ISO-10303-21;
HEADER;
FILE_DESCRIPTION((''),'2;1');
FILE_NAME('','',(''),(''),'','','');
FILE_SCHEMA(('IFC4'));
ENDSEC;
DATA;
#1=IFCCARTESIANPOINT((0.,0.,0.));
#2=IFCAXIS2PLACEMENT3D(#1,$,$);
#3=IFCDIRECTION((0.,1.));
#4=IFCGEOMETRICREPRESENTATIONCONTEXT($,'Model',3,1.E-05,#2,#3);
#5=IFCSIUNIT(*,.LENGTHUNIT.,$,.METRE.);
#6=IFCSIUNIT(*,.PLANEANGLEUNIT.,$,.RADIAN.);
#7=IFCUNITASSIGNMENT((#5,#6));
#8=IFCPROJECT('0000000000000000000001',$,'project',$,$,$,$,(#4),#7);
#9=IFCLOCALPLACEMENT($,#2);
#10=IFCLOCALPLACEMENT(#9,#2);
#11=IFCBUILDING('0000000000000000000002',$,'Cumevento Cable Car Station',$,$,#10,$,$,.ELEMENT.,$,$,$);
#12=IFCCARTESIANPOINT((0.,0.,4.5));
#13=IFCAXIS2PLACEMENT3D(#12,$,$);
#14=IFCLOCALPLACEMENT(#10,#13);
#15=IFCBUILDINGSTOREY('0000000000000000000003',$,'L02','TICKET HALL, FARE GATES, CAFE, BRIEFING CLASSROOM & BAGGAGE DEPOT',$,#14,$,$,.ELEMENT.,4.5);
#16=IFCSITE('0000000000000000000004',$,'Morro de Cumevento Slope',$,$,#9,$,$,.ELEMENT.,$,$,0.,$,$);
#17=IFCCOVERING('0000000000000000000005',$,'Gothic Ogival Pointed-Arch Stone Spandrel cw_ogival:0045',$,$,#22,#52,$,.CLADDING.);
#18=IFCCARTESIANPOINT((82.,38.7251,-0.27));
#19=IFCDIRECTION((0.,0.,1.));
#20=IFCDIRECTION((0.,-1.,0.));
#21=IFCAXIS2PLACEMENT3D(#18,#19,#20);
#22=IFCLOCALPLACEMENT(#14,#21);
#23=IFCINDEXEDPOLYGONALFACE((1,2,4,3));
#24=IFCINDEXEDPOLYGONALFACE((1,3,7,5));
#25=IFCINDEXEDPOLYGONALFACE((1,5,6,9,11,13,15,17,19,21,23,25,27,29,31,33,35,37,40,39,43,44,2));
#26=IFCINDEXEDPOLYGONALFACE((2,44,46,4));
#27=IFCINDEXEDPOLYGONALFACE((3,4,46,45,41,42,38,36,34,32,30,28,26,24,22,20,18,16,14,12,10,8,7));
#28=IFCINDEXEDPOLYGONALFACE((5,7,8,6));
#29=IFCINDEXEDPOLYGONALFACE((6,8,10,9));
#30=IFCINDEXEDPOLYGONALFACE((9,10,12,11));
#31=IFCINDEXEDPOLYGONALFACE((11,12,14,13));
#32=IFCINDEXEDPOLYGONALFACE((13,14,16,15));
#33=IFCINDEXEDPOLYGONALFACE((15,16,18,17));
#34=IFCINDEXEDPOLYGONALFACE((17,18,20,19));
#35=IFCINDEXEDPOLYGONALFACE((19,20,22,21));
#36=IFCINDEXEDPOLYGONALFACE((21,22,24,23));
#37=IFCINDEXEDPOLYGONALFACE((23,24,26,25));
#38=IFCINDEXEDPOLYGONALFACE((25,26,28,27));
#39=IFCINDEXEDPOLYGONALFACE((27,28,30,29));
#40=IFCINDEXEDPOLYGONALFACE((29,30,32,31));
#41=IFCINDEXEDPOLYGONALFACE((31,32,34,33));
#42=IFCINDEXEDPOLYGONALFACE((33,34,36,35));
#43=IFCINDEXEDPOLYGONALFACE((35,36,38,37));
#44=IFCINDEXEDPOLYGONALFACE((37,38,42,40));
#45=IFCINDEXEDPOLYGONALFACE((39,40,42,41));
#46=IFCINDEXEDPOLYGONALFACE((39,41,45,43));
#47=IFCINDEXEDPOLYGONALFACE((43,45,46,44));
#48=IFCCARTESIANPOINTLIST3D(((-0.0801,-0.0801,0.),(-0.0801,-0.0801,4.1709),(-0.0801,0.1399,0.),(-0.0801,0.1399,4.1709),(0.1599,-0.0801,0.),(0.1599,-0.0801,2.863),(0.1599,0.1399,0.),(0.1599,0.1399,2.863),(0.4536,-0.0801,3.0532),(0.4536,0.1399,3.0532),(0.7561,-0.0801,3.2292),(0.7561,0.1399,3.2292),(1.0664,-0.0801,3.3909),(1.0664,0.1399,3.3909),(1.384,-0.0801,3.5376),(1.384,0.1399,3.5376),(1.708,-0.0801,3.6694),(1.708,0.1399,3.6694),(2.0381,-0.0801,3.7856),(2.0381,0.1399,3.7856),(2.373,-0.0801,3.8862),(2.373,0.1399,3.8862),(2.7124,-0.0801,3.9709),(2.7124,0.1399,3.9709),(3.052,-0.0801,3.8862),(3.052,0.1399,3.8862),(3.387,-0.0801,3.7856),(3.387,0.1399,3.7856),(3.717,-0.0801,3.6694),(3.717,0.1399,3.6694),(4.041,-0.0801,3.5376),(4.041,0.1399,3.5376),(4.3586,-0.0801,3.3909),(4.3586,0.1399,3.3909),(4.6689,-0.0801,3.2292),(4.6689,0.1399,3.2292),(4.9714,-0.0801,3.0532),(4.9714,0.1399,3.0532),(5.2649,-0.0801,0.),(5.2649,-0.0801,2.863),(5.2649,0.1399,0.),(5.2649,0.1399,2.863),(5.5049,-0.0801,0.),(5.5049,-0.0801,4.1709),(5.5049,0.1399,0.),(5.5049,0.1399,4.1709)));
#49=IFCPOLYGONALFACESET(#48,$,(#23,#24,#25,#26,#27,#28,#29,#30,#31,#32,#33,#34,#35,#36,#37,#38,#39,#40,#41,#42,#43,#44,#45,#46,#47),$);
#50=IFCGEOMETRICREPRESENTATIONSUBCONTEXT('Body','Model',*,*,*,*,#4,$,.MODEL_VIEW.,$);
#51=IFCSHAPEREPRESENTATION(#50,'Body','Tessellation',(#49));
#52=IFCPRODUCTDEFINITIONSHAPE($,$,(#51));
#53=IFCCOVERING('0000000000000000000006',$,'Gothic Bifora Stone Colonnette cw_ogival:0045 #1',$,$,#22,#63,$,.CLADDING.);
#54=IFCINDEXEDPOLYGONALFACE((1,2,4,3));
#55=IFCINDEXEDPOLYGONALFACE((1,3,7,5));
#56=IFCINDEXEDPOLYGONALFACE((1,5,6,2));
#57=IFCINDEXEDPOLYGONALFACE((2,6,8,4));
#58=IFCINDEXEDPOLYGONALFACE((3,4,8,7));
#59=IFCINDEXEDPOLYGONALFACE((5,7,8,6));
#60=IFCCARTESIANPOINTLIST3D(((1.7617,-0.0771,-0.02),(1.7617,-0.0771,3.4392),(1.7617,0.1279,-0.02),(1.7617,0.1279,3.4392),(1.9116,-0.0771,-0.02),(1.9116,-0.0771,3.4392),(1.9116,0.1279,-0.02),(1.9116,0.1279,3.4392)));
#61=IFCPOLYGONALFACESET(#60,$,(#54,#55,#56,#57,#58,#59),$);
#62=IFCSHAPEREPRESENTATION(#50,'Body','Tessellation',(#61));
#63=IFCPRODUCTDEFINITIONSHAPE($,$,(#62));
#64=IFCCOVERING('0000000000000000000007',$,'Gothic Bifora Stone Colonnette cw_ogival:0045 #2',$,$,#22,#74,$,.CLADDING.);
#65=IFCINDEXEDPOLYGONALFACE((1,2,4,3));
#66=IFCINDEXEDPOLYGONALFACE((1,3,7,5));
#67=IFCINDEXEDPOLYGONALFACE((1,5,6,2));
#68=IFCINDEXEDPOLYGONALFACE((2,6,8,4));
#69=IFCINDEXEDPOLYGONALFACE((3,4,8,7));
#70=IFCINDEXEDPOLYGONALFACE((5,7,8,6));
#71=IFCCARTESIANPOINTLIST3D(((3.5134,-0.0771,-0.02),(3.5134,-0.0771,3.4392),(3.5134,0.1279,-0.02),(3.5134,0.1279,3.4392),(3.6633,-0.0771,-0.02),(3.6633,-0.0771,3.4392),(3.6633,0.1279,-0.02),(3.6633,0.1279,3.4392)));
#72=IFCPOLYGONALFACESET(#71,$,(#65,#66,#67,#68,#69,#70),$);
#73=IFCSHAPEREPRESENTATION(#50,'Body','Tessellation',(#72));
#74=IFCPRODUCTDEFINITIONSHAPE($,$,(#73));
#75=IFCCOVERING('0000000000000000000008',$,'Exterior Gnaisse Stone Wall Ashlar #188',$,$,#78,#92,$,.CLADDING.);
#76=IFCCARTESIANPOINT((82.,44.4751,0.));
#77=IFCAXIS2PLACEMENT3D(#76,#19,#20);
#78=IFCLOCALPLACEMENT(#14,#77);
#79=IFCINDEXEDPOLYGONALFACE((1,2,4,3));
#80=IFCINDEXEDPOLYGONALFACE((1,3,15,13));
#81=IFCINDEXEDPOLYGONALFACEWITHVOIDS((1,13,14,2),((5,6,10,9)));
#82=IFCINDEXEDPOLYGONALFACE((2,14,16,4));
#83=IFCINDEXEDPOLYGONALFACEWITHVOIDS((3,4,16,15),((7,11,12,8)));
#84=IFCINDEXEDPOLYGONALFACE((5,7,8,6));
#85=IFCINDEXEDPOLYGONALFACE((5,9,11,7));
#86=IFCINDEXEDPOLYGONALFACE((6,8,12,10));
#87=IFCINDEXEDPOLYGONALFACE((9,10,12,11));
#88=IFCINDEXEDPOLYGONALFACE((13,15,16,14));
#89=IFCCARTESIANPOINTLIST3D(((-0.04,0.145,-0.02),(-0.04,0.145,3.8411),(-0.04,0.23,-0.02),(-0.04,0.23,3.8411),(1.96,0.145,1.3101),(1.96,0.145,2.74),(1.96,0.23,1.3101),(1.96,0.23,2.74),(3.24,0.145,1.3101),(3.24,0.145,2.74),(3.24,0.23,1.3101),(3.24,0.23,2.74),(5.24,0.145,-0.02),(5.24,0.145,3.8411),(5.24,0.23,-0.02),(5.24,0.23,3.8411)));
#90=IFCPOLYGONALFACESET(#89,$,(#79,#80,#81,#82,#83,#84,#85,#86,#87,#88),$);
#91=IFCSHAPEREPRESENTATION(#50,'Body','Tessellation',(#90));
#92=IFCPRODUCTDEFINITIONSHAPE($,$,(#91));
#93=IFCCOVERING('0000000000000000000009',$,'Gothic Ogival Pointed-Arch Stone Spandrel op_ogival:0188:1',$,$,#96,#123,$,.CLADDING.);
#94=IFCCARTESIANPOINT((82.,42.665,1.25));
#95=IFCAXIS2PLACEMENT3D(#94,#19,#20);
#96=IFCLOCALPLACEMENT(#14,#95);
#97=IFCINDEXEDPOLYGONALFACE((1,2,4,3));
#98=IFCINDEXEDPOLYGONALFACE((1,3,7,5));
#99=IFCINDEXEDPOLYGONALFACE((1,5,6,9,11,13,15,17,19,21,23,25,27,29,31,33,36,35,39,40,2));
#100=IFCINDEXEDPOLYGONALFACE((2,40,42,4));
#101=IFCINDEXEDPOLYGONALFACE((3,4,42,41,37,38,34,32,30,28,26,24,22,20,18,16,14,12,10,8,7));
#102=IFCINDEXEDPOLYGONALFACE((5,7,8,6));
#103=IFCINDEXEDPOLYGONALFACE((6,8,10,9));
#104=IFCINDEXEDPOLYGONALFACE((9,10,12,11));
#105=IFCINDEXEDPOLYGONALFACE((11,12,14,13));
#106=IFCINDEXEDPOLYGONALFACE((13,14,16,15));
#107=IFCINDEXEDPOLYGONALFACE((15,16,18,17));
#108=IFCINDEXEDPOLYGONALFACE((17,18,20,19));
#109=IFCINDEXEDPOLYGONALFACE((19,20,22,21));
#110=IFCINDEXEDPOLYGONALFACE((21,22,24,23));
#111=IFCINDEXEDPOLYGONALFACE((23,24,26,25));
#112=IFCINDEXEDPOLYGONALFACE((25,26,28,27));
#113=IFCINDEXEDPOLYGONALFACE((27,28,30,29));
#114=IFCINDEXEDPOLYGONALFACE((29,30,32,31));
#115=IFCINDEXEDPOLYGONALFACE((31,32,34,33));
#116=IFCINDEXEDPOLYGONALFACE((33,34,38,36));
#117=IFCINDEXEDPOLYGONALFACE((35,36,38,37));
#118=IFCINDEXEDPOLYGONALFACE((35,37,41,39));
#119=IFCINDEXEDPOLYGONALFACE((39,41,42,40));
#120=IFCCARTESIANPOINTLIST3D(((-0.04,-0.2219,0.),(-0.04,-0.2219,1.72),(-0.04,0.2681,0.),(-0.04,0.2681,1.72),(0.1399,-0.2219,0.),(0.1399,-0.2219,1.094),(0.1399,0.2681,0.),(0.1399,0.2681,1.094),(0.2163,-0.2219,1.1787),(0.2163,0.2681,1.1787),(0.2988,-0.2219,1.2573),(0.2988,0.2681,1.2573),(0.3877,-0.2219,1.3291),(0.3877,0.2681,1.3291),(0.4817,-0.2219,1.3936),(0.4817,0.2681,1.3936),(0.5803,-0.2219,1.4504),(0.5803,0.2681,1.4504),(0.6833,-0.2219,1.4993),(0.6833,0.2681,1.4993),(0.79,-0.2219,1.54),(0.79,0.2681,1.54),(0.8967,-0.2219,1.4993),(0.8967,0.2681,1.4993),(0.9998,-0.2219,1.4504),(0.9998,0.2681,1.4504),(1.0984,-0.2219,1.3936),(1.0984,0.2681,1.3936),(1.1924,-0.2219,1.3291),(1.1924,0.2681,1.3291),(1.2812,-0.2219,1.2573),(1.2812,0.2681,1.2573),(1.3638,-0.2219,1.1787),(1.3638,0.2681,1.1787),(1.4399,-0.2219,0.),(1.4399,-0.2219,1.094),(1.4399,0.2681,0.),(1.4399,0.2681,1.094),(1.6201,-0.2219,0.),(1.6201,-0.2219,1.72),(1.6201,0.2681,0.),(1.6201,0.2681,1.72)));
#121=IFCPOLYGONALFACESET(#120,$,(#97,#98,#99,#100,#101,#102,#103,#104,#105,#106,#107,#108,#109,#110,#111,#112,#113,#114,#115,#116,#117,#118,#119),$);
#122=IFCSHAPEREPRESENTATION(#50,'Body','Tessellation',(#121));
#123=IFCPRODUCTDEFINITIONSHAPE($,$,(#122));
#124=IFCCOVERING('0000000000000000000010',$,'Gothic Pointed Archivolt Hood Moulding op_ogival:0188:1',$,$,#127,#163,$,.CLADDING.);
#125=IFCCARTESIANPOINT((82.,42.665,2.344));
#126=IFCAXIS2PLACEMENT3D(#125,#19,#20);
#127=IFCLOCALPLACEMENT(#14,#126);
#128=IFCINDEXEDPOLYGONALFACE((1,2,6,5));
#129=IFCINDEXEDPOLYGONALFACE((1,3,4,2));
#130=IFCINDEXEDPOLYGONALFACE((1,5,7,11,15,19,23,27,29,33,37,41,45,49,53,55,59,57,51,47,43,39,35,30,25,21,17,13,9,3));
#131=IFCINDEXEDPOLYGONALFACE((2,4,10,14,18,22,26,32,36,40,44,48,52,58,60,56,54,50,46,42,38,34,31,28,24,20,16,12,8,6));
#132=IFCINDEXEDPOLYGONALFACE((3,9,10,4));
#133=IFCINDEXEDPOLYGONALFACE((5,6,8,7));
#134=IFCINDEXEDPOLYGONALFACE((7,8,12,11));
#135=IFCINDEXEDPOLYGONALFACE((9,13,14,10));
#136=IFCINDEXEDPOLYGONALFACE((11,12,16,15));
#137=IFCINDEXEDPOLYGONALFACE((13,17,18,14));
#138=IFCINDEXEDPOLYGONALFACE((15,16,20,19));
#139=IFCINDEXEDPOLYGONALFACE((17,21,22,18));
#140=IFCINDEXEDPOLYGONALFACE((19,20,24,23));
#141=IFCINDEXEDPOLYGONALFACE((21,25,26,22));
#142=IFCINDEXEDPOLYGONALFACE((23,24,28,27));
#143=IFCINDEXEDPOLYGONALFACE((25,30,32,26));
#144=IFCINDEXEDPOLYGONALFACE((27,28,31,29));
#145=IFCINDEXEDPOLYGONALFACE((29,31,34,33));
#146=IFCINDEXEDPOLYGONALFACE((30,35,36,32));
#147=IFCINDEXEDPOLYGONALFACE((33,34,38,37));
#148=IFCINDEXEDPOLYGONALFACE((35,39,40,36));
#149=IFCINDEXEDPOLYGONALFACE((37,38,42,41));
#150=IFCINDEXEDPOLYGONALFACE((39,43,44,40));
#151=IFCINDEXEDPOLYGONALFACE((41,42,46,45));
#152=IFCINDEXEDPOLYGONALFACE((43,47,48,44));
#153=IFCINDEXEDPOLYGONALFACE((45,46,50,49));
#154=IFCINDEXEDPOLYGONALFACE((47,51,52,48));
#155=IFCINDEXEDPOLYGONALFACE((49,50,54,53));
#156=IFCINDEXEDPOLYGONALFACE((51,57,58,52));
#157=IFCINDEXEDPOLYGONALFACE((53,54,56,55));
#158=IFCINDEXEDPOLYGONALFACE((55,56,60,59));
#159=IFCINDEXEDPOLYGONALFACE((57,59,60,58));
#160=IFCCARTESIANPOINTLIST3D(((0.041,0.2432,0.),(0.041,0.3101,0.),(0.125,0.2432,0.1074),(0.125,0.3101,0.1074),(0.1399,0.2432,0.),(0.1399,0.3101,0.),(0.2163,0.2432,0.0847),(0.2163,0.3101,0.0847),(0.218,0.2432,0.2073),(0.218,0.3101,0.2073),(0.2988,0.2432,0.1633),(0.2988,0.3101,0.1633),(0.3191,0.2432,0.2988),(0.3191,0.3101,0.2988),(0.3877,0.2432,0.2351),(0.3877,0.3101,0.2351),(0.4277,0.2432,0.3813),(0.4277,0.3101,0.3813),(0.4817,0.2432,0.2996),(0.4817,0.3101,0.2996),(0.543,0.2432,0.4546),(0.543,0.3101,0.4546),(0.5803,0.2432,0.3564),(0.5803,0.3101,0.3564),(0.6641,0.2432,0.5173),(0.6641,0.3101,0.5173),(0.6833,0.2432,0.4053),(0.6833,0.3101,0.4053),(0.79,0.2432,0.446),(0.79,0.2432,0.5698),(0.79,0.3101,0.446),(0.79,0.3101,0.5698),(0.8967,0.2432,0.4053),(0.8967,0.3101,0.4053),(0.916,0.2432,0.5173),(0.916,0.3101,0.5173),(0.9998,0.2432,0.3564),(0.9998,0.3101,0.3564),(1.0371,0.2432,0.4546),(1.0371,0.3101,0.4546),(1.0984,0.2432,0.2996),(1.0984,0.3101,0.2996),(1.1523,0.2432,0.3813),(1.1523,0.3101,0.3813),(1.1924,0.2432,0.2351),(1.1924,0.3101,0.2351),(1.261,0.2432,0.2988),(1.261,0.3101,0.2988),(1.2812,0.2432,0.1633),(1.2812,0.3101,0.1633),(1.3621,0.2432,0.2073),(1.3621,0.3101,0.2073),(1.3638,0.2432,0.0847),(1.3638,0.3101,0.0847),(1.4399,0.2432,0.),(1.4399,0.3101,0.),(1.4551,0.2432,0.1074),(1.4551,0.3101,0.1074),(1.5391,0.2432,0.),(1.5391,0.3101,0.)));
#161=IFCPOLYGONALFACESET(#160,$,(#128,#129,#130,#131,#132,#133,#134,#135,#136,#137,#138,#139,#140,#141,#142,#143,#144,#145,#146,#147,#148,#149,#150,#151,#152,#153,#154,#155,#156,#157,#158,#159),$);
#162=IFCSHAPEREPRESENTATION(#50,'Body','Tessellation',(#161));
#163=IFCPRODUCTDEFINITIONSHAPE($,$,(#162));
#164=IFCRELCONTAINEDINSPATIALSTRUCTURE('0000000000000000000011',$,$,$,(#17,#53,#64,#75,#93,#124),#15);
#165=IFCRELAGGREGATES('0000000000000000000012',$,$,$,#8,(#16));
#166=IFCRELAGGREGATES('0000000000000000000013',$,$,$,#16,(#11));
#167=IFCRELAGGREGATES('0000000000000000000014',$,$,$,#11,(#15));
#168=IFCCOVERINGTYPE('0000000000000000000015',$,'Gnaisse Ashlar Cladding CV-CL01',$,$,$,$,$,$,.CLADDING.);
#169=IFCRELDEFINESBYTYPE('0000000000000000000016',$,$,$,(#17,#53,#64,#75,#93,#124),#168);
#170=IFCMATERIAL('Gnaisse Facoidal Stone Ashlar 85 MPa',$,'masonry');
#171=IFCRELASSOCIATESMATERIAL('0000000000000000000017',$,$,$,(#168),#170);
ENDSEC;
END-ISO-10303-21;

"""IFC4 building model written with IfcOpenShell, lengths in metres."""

from ifc_helpers import new_model, si_unit, direction, frame, origin, place, context, subcontext, project, spatial, polyline, outline, extrude, material, type_object, element, save


model = new_model("IFC4")

# Units and contexts
model_context = context("Model", 3, precision=1e-05, world=origin(), true_north=direction((0.0, 1.0)))
body_context = subcontext(model_context, "Body", "Model", "MODEL_VIEW")
ifc_project = project(units=[si_unit("LENGTHUNIT", "METRE"), si_unit("PLANEANGLEUNIT", "RADIAN")], contexts=[model_context])

# Site, building, storey
site_placement = place(None, origin())
site = spatial("IfcSite", under=ifc_project, at=site_placement, Name="Morro de Cumevento Slope", CompositionType="ELEMENT", RefElevation=0.0)
building_placement = place(site_placement, origin())
building = spatial("IfcBuilding", under=site, at=building_placement, Name="Cumevento Cable Car Station", CompositionType="ELEMENT")
storey_placement = place(building_placement, frame((0.0, 0.0, 4.5)))
storey = spatial("IfcBuildingStorey", under=building, at=storey_placement, Name="L02", Description="TICKET HALL, FARE GATES, CAFE, BRIEFING CLASSROOM & BAGGAGE DEPOT", CompositionType="ELEMENT", Elevation=4.5)

# Coverings
ifc_material_1 = material(Name="Gnaisse Facoidal Stone Ashlar 85 MPa", Category="masonry")
covering_type = type_object("IfcCoveringType", Name="Gnaisse Ashlar Cladding CV-CL01", PredefinedType="CLADDING", material=ifc_material_1)
placement = place(storey_placement, frame((82.0, 38.7251, -0.27), z_axis=(0.0, 0.0, 1.0), x_axis=(0.0, -1.0, 0.0)))
element("IfcCovering", 1, at=placement, inside=storey, type_object=covering_type, Name="Gothic Ogival Pointed-Arch Stone Spandrel cw_ogival:0045", PredefinedType="CLADDING", context=body_context, shape_type="SweptSolid", body=[
    extrude(outline(polyline([(-0.0801, 0.0), (-0.0801, 4.1709), (5.5049, 4.1709), (5.5049, 0.0), (5.2649, 0.0), (5.2649, 2.863), (4.9714, 3.0532), (4.6689, 3.2292), (4.3586, 3.3909), (4.041, 3.5376), (3.717, 3.6694), (3.387, 3.7856), (3.052, 3.8862), (2.7124, 3.9709), (2.373, 3.8862), (2.0381, 3.7856), (1.708, 3.6694), (1.384, 3.5376), (1.0664, 3.3909), (0.7561, 3.2292), (0.4536, 3.0532), (0.1599, 2.863), (0.1599, 0.0), (-0.0801, 0.0)])), frame((0.0, 0.1399, 0.0), z_axis=(0.0, -1.0, 0.0), x_axis=(1.0, 0.0, 0.0)), (0.0, 0.0, 1.0), 0.22),
])
element("IfcCovering", 2, at=placement, inside=storey, type_object=covering_type, Name="Gothic Bifora Stone Colonnette cw_ogival:0045 #1", PredefinedType="CLADDING", context=body_context, shape_type="SweptSolid", body=[
    extrude(outline(polyline([(1.7617, -0.02), (1.9116, -0.02), (1.9116, 3.4392), (1.7617, 3.4392), (1.7617, -0.02)])), frame((0.0, 0.1279, 0.0), z_axis=(0.0, -1.0, 0.0), x_axis=(1.0, 0.0, 0.0)), (0.0, 0.0, 1.0), 0.2051),
])
element("IfcCovering", 3, at=placement, inside=storey, type_object=covering_type, Name="Gothic Bifora Stone Colonnette cw_ogival:0045 #2", PredefinedType="CLADDING", context=body_context, shape_type="SweptSolid", body=[
    extrude(outline(polyline([(3.5134, -0.02), (3.6633, -0.02), (3.6633, 3.4392), (3.5134, 3.4392), (3.5134, -0.02)])), frame((0.0, 0.1279, 0.0), z_axis=(0.0, -1.0, 0.0), x_axis=(1.0, 0.0, 0.0)), (0.0, 0.0, 1.0), 0.2051),
])
covering_1_placement = place(storey_placement, frame((82.0, 44.4751, 0.0), z_axis=(0.0, 0.0, 1.0), x_axis=(0.0, -1.0, 0.0)))
element("IfcCovering", 4, at=covering_1_placement, inside=storey, type_object=covering_type, Name="Exterior Gnaisse Stone Wall Ashlar #188", PredefinedType="CLADDING", context=body_context, shape_type="SweptSolid", body=[
    extrude(outline(polyline([(-0.04, -0.02), (5.24, -0.02), (5.24, 3.8411), (-0.04, 3.8411), (-0.04, -0.02)]), holes=[polyline([(1.96, 1.3101), (3.24, 1.3101), (3.24, 2.74), (1.96, 2.74), (1.96, 1.3101)])]), frame((0.0, 0.23, 0.0), z_axis=(0.0, -1.0, 0.0), x_axis=(1.0, 0.0, 0.0)), (0.0, 0.0, 1.0), 0.085),
])
covering_2_placement = place(storey_placement, frame((82.0, 42.665, 1.25), z_axis=(0.0, 0.0, 1.0), x_axis=(0.0, -1.0, 0.0)))
element("IfcCovering", 5, at=covering_2_placement, inside=storey, type_object=covering_type, Name="Gothic Ogival Pointed-Arch Stone Spandrel op_ogival:0188:1", PredefinedType="CLADDING", context=body_context, shape_type="SweptSolid", body=[
    extrude(outline(polyline([(-0.04, 0.0), (-0.04, 1.72), (1.6201, 1.72), (1.6201, 0.0), (1.4399, 0.0), (1.4399, 1.094), (1.3638, 1.1787), (1.2812, 1.2573), (1.1924, 1.3291), (1.0984, 1.3936), (0.9998, 1.4504), (0.8967, 1.4993), (0.79, 1.54), (0.6833, 1.4993), (0.5803, 1.4504), (0.4817, 1.3936), (0.3877, 1.3291), (0.2988, 1.2573), (0.2163, 1.1787), (0.1399, 1.094), (0.1399, 0.0), (-0.04, 0.0)])), frame((0.0, 0.2681, 0.0), z_axis=(0.0, -1.0, 0.0), x_axis=(1.0, 0.0, 0.0)), (0.0, 0.0, 1.0), 0.49),
])
covering_3_placement = place(storey_placement, frame((82.0, 42.665, 2.344), z_axis=(0.0, 0.0, 1.0), x_axis=(0.0, -1.0, 0.0)))
element("IfcCovering", 6, at=covering_3_placement, inside=storey, type_object=covering_type, Name="Gothic Pointed Archivolt Hood Moulding op_ogival:0188:1", PredefinedType="CLADDING", context=body_context, shape_type="SweptSolid", body=[
    extrude(outline(polyline([(0.1399, 0.0), (0.2163, 0.0847), (0.2988, 0.1633), (0.3877, 0.2351), (0.4817, 0.2996), (0.5803, 0.3564), (0.6833, 0.4053), (0.79, 0.446), (0.8967, 0.4053), (0.9998, 0.3564), (1.0984, 0.2996), (1.1924, 0.2351), (1.2812, 0.1633), (1.3638, 0.0847), (1.4399, 0.0), (1.5391, 0.0), (1.4551, 0.1074), (1.3621, 0.2073), (1.261, 0.2988), (1.1523, 0.3813), (1.0371, 0.4546), (0.916, 0.5173), (0.79, 0.5698), (0.6641, 0.5173), (0.543, 0.4546), (0.4277, 0.3813), (0.3191, 0.2988), (0.218, 0.2073), (0.125, 0.1074), (0.041, 0.0), (0.1399, 0.0)])), frame((0.0, 0.3101, 0.0), z_axis=(0.0, -1.0, 0.0), x_axis=(1.0, 0.0, 0.0)), (0.0, 0.0, 1.0), 0.0669),
])

save(model, "model.ifc")
